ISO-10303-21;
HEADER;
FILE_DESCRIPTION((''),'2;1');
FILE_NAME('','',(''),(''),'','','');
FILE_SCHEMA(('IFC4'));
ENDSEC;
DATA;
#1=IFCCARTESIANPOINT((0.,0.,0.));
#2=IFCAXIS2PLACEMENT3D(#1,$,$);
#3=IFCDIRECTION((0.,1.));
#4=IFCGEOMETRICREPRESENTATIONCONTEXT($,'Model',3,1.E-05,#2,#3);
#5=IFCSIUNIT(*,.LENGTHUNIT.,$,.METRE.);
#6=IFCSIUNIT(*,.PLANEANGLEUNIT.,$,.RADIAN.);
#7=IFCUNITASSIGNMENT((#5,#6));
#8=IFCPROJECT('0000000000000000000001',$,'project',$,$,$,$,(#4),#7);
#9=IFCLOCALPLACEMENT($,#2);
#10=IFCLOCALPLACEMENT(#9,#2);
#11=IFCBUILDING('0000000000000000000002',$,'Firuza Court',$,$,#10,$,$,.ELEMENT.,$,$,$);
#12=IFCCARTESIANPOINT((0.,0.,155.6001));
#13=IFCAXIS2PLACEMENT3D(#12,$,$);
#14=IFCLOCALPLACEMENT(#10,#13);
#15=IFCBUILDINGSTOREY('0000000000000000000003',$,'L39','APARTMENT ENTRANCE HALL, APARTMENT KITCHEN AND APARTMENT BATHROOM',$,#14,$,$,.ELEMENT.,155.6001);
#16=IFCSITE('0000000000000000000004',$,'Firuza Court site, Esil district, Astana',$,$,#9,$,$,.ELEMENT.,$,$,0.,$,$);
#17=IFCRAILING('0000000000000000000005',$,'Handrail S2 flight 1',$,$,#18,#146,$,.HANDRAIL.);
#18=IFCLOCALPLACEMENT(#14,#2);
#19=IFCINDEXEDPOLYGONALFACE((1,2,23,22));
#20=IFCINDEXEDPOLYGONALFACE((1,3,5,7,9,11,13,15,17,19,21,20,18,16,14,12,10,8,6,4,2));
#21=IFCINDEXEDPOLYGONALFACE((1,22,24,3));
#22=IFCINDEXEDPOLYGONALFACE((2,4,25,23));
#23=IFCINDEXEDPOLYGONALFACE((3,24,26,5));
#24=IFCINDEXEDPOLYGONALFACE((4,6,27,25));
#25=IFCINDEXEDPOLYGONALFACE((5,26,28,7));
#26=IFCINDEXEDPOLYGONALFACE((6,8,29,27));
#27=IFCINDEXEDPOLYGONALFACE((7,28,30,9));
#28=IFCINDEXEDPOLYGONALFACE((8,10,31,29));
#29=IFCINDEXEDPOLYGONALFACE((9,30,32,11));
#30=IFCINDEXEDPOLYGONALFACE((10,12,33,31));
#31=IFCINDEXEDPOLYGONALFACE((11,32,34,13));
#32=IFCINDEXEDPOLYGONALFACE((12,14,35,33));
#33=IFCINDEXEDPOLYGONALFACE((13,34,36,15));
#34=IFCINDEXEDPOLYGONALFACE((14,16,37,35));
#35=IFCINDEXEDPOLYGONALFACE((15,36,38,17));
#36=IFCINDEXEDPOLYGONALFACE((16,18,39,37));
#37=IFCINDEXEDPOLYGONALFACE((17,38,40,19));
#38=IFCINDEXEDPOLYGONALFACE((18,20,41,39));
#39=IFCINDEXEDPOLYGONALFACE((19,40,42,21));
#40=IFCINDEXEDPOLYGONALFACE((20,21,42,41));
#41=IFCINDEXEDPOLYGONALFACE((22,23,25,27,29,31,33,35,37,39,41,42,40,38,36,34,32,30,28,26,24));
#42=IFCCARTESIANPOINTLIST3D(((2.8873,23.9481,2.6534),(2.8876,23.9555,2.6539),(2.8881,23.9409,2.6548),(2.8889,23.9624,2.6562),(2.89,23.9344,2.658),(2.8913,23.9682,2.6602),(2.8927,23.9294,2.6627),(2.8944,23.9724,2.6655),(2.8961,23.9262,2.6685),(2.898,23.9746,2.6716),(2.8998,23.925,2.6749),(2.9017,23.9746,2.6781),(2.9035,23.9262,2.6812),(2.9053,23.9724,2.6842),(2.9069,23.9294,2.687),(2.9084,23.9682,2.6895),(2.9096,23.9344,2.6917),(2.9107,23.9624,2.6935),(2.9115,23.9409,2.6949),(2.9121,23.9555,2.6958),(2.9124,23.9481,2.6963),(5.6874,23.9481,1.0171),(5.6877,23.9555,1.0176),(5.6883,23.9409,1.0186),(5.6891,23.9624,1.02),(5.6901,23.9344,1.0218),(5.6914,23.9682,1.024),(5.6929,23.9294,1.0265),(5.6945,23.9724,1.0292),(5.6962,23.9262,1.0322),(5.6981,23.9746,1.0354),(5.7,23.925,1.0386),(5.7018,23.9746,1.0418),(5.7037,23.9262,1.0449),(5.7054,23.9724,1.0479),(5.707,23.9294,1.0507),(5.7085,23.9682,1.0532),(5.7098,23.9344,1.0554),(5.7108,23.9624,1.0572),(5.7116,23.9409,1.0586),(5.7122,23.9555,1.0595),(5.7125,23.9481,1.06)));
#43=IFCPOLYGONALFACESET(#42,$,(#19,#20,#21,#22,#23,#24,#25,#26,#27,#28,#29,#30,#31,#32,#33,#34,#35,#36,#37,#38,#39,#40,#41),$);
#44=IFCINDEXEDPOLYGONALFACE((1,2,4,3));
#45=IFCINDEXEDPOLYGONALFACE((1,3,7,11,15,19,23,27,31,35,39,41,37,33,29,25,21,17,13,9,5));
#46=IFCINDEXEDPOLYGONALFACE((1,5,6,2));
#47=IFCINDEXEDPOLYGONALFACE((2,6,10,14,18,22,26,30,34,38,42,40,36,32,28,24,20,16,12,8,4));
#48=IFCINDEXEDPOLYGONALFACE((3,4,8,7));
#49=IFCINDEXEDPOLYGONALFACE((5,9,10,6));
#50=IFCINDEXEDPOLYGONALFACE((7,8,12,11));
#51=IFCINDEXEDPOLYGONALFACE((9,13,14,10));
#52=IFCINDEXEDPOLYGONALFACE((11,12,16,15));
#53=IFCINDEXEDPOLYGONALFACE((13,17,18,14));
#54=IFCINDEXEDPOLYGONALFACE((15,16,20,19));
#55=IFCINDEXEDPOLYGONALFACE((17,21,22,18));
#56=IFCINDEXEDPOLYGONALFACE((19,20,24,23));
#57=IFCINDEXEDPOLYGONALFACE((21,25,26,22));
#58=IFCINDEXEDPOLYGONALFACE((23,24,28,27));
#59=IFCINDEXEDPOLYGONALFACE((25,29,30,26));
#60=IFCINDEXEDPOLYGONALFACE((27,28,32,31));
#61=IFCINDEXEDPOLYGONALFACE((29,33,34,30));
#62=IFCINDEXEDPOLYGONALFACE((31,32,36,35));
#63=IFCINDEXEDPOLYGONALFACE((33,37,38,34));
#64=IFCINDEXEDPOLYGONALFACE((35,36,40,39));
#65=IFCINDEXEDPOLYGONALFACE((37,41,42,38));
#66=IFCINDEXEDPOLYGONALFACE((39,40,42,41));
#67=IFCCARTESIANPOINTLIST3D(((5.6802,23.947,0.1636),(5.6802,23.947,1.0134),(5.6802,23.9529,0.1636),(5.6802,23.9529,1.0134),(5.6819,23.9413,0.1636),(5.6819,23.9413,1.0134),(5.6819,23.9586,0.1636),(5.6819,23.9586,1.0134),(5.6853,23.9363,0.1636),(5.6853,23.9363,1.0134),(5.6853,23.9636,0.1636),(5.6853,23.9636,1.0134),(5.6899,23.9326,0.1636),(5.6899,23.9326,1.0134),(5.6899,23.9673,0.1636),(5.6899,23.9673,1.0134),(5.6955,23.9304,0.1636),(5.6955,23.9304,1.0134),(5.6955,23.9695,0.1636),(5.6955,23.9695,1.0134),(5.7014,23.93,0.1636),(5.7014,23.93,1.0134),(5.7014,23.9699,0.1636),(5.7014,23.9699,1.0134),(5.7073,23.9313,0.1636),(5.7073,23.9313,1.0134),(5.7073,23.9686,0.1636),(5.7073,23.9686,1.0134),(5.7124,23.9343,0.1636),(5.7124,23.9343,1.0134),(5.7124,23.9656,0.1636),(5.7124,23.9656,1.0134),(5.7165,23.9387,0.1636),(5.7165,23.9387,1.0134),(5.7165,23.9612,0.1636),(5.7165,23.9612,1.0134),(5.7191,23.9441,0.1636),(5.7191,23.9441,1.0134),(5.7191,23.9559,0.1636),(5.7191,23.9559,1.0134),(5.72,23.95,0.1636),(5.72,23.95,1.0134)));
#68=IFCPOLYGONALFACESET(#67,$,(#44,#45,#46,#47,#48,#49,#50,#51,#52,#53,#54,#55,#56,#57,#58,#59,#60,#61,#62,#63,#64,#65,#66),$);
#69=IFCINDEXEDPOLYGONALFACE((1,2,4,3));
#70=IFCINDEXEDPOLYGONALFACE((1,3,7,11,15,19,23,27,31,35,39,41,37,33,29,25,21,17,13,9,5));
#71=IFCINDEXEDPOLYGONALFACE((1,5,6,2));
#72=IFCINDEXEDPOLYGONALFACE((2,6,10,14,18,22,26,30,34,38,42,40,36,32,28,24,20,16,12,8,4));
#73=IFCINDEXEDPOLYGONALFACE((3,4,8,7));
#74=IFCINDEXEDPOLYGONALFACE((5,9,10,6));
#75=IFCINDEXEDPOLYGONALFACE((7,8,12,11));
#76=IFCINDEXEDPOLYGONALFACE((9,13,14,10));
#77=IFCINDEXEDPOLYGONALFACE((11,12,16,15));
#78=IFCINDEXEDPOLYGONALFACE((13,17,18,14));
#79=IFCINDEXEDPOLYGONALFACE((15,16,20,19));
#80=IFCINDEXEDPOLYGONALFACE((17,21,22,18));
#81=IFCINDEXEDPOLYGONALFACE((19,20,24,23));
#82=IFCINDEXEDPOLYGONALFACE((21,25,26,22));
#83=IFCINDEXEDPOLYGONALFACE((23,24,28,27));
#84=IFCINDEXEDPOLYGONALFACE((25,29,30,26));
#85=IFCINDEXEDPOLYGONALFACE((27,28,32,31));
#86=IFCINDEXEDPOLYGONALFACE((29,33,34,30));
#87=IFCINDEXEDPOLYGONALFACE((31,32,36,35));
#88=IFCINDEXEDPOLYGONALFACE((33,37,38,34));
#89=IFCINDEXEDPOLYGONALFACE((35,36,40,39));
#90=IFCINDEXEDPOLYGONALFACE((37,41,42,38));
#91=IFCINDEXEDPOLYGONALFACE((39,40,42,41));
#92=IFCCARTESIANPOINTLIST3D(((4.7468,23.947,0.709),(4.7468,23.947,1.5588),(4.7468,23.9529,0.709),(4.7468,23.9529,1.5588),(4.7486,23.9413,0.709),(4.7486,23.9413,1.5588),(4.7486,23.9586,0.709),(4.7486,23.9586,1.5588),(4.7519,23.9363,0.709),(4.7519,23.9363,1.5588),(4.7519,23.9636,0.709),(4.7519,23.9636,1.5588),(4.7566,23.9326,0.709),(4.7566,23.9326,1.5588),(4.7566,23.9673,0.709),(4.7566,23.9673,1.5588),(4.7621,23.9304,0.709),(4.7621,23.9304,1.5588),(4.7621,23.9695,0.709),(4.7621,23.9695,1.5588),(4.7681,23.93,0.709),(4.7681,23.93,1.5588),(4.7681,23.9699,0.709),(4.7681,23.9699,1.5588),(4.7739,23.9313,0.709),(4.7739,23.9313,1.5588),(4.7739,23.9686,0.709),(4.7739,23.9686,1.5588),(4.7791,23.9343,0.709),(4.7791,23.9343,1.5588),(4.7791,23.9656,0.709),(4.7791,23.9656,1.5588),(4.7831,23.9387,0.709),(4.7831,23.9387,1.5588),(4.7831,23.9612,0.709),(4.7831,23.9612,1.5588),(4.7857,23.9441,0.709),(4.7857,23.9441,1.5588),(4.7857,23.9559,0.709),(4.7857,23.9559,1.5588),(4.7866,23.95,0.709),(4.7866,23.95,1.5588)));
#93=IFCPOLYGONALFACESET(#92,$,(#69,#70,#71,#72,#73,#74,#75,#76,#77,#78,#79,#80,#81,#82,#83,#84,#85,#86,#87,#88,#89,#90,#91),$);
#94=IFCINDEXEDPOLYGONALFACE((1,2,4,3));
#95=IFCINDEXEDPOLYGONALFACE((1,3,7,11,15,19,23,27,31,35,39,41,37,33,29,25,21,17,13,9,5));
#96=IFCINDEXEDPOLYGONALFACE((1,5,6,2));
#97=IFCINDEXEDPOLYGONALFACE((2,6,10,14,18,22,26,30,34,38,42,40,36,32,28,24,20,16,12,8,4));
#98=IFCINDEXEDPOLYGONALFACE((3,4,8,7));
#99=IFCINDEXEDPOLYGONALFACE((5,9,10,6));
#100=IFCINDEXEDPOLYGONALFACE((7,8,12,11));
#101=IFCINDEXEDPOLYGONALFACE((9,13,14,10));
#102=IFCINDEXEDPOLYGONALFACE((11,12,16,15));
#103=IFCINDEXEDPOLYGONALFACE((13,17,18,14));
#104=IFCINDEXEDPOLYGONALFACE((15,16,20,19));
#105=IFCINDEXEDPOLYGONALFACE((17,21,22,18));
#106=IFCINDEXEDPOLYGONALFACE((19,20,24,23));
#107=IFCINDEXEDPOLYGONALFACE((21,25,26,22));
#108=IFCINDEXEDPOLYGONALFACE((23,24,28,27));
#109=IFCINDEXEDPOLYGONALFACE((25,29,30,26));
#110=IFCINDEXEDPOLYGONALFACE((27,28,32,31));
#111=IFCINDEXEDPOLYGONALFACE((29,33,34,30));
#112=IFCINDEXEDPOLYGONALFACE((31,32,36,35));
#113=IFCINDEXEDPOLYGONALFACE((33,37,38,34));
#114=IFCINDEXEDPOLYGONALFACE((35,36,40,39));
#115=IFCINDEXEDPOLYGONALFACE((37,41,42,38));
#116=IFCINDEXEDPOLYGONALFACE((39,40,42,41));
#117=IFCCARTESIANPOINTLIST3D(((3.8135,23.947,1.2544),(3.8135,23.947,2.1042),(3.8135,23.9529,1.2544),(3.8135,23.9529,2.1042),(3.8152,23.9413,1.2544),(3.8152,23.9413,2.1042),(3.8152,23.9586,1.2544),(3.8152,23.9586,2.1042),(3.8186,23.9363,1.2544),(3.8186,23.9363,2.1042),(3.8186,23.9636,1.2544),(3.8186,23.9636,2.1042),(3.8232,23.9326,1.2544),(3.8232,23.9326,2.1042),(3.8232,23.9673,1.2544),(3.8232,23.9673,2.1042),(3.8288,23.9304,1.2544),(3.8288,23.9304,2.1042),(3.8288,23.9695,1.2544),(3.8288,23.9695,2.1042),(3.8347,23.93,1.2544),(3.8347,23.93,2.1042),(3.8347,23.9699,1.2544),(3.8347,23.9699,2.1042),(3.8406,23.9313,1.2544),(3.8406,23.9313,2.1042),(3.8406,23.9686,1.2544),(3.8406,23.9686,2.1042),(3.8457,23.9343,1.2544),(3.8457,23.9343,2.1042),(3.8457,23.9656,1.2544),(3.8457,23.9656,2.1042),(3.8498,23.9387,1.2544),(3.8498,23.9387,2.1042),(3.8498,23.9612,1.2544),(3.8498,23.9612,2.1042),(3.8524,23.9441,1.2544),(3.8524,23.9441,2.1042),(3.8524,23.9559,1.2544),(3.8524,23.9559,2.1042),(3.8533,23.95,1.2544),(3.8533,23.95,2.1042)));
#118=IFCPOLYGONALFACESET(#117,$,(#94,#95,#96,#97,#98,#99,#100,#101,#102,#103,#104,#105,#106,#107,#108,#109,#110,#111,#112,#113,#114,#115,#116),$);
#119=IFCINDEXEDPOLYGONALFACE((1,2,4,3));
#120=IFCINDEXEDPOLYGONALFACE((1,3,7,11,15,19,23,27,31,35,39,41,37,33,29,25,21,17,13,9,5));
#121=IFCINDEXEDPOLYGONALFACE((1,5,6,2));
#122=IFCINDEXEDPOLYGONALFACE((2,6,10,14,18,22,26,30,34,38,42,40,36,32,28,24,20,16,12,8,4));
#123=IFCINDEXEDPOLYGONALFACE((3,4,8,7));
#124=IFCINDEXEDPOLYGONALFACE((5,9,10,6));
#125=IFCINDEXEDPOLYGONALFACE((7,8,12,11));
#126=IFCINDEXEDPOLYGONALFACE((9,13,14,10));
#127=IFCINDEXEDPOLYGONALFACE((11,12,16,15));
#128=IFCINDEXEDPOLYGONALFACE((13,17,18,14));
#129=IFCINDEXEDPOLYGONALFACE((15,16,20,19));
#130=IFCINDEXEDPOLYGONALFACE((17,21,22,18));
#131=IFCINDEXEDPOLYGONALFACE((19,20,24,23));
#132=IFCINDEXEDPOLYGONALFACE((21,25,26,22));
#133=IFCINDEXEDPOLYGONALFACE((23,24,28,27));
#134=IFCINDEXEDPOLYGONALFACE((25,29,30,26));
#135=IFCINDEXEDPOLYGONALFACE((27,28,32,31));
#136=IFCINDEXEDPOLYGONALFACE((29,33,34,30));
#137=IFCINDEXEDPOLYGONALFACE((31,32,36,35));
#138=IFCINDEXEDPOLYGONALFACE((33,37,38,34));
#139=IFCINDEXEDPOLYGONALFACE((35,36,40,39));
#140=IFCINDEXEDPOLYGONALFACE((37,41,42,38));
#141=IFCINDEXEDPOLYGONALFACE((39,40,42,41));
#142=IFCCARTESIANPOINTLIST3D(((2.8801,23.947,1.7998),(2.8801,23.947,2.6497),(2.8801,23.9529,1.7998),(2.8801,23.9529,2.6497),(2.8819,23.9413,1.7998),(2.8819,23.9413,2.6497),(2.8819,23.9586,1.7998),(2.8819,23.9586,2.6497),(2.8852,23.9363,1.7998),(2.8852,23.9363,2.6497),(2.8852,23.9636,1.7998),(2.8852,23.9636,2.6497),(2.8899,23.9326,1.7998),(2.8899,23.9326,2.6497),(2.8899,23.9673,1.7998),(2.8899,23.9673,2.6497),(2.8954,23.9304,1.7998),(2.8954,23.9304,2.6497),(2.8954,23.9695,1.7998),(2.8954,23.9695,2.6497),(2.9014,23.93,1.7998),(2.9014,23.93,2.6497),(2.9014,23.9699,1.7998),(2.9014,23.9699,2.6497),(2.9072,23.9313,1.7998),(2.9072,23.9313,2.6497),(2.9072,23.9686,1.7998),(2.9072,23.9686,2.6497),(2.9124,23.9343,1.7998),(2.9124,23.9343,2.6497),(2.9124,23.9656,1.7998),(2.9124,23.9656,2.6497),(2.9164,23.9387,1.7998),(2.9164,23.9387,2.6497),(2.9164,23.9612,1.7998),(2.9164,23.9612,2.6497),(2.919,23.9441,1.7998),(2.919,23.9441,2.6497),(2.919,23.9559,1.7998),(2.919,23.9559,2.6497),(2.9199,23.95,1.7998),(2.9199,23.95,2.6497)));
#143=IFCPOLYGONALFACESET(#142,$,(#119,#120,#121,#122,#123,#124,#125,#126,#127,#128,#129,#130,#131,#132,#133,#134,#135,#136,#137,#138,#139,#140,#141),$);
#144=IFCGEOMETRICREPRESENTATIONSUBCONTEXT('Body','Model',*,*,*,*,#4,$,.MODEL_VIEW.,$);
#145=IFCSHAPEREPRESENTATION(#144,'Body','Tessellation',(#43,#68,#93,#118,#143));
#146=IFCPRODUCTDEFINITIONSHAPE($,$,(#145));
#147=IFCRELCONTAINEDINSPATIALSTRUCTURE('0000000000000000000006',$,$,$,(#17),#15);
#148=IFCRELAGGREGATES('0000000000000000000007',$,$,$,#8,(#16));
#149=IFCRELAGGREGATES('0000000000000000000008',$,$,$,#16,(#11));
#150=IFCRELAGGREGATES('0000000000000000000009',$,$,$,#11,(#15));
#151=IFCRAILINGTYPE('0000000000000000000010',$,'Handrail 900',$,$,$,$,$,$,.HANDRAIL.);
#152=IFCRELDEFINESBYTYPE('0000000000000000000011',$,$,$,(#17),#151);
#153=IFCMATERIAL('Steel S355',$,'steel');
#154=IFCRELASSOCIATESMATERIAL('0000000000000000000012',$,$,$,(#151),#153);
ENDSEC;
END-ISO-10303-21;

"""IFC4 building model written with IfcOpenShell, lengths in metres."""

from ifc_helpers import new_model, si_unit, direction, frame, origin, origin_2d, place, context, subcontext, project, spatial, circle, extrude, material, type_object, element, save


model = new_model("IFC4")

# Units and contexts
model_context = context("Model", 3, precision=1e-05, world=origin(), true_north=direction((0.0, 1.0)))
body_context = subcontext(model_context, "Body", "Model", "MODEL_VIEW")
ifc_project = project(units=[si_unit("LENGTHUNIT", "METRE"), si_unit("PLANEANGLEUNIT", "RADIAN")], contexts=[model_context])

# Site, building, storey
site_placement = place(None, origin())
site = spatial("IfcSite", under=ifc_project, at=site_placement, Name="Firuza Court site, Esil district, Astana", CompositionType="ELEMENT", RefElevation=0.0)
building_placement = place(site_placement, origin())
building = spatial("IfcBuilding", under=site, at=building_placement, Name="Firuza Court", CompositionType="ELEMENT")
storey_placement = place(building_placement, frame((0.0, 0.0, 155.6001)))
storey = spatial("IfcBuildingStorey", under=building, at=storey_placement, Name="L39", Description="APARTMENT ENTRANCE HALL, APARTMENT KITCHEN AND APARTMENT BATHROOM", CompositionType="ELEMENT", Elevation=155.6001)

# Railing
ifc_material_1 = material(Name="Steel S355", Category="steel")
railing_type_1 = type_object("IfcRailingType", Name="Handrail 900", PredefinedType="HANDRAIL", material=ifc_material_1)
railing_1_placement = place(storey_placement, frame((5.7, 23.95, 0.1636)))
element("IfcRailing", 1, at=railing_1_placement, inside=storey, type_object=railing_type_1, Name="Handrail S2 flight 1", PredefinedType="HANDRAIL", context=body_context, shape_type="SweptSolid", body=[
    extrude(circle(Radius=0.0249, at=origin_2d()), frame((0.0, 0.0, 0.875), z_axis=(-0.863394, 0.0, 0.504531), x_axis=(0.0, -1.0, 0.0)), (0.0, 0.0, 1.0), 3.2432),
    extrude(circle(Radius=0.02, at=origin_2d()), origin(), (0.0, 0.0, 1.0), 0.8499),
    extrude(circle(Radius=0.02, at=origin_2d()), frame((-0.9333, 0.0, 0.5454)), (0.0, 0.0, 1.0), 0.8499),
    extrude(circle(Radius=0.02, at=origin_2d()), frame((-1.8667, 0.0, 1.0908)), (0.0, 0.0, 1.0), 0.8499),
    extrude(circle(Radius=0.02, at=origin_2d()), frame((-2.8, 0.0, 1.6362)), (0.0, 0.0, 1.0), 0.8499),
])

save(model, "model.ifc")
